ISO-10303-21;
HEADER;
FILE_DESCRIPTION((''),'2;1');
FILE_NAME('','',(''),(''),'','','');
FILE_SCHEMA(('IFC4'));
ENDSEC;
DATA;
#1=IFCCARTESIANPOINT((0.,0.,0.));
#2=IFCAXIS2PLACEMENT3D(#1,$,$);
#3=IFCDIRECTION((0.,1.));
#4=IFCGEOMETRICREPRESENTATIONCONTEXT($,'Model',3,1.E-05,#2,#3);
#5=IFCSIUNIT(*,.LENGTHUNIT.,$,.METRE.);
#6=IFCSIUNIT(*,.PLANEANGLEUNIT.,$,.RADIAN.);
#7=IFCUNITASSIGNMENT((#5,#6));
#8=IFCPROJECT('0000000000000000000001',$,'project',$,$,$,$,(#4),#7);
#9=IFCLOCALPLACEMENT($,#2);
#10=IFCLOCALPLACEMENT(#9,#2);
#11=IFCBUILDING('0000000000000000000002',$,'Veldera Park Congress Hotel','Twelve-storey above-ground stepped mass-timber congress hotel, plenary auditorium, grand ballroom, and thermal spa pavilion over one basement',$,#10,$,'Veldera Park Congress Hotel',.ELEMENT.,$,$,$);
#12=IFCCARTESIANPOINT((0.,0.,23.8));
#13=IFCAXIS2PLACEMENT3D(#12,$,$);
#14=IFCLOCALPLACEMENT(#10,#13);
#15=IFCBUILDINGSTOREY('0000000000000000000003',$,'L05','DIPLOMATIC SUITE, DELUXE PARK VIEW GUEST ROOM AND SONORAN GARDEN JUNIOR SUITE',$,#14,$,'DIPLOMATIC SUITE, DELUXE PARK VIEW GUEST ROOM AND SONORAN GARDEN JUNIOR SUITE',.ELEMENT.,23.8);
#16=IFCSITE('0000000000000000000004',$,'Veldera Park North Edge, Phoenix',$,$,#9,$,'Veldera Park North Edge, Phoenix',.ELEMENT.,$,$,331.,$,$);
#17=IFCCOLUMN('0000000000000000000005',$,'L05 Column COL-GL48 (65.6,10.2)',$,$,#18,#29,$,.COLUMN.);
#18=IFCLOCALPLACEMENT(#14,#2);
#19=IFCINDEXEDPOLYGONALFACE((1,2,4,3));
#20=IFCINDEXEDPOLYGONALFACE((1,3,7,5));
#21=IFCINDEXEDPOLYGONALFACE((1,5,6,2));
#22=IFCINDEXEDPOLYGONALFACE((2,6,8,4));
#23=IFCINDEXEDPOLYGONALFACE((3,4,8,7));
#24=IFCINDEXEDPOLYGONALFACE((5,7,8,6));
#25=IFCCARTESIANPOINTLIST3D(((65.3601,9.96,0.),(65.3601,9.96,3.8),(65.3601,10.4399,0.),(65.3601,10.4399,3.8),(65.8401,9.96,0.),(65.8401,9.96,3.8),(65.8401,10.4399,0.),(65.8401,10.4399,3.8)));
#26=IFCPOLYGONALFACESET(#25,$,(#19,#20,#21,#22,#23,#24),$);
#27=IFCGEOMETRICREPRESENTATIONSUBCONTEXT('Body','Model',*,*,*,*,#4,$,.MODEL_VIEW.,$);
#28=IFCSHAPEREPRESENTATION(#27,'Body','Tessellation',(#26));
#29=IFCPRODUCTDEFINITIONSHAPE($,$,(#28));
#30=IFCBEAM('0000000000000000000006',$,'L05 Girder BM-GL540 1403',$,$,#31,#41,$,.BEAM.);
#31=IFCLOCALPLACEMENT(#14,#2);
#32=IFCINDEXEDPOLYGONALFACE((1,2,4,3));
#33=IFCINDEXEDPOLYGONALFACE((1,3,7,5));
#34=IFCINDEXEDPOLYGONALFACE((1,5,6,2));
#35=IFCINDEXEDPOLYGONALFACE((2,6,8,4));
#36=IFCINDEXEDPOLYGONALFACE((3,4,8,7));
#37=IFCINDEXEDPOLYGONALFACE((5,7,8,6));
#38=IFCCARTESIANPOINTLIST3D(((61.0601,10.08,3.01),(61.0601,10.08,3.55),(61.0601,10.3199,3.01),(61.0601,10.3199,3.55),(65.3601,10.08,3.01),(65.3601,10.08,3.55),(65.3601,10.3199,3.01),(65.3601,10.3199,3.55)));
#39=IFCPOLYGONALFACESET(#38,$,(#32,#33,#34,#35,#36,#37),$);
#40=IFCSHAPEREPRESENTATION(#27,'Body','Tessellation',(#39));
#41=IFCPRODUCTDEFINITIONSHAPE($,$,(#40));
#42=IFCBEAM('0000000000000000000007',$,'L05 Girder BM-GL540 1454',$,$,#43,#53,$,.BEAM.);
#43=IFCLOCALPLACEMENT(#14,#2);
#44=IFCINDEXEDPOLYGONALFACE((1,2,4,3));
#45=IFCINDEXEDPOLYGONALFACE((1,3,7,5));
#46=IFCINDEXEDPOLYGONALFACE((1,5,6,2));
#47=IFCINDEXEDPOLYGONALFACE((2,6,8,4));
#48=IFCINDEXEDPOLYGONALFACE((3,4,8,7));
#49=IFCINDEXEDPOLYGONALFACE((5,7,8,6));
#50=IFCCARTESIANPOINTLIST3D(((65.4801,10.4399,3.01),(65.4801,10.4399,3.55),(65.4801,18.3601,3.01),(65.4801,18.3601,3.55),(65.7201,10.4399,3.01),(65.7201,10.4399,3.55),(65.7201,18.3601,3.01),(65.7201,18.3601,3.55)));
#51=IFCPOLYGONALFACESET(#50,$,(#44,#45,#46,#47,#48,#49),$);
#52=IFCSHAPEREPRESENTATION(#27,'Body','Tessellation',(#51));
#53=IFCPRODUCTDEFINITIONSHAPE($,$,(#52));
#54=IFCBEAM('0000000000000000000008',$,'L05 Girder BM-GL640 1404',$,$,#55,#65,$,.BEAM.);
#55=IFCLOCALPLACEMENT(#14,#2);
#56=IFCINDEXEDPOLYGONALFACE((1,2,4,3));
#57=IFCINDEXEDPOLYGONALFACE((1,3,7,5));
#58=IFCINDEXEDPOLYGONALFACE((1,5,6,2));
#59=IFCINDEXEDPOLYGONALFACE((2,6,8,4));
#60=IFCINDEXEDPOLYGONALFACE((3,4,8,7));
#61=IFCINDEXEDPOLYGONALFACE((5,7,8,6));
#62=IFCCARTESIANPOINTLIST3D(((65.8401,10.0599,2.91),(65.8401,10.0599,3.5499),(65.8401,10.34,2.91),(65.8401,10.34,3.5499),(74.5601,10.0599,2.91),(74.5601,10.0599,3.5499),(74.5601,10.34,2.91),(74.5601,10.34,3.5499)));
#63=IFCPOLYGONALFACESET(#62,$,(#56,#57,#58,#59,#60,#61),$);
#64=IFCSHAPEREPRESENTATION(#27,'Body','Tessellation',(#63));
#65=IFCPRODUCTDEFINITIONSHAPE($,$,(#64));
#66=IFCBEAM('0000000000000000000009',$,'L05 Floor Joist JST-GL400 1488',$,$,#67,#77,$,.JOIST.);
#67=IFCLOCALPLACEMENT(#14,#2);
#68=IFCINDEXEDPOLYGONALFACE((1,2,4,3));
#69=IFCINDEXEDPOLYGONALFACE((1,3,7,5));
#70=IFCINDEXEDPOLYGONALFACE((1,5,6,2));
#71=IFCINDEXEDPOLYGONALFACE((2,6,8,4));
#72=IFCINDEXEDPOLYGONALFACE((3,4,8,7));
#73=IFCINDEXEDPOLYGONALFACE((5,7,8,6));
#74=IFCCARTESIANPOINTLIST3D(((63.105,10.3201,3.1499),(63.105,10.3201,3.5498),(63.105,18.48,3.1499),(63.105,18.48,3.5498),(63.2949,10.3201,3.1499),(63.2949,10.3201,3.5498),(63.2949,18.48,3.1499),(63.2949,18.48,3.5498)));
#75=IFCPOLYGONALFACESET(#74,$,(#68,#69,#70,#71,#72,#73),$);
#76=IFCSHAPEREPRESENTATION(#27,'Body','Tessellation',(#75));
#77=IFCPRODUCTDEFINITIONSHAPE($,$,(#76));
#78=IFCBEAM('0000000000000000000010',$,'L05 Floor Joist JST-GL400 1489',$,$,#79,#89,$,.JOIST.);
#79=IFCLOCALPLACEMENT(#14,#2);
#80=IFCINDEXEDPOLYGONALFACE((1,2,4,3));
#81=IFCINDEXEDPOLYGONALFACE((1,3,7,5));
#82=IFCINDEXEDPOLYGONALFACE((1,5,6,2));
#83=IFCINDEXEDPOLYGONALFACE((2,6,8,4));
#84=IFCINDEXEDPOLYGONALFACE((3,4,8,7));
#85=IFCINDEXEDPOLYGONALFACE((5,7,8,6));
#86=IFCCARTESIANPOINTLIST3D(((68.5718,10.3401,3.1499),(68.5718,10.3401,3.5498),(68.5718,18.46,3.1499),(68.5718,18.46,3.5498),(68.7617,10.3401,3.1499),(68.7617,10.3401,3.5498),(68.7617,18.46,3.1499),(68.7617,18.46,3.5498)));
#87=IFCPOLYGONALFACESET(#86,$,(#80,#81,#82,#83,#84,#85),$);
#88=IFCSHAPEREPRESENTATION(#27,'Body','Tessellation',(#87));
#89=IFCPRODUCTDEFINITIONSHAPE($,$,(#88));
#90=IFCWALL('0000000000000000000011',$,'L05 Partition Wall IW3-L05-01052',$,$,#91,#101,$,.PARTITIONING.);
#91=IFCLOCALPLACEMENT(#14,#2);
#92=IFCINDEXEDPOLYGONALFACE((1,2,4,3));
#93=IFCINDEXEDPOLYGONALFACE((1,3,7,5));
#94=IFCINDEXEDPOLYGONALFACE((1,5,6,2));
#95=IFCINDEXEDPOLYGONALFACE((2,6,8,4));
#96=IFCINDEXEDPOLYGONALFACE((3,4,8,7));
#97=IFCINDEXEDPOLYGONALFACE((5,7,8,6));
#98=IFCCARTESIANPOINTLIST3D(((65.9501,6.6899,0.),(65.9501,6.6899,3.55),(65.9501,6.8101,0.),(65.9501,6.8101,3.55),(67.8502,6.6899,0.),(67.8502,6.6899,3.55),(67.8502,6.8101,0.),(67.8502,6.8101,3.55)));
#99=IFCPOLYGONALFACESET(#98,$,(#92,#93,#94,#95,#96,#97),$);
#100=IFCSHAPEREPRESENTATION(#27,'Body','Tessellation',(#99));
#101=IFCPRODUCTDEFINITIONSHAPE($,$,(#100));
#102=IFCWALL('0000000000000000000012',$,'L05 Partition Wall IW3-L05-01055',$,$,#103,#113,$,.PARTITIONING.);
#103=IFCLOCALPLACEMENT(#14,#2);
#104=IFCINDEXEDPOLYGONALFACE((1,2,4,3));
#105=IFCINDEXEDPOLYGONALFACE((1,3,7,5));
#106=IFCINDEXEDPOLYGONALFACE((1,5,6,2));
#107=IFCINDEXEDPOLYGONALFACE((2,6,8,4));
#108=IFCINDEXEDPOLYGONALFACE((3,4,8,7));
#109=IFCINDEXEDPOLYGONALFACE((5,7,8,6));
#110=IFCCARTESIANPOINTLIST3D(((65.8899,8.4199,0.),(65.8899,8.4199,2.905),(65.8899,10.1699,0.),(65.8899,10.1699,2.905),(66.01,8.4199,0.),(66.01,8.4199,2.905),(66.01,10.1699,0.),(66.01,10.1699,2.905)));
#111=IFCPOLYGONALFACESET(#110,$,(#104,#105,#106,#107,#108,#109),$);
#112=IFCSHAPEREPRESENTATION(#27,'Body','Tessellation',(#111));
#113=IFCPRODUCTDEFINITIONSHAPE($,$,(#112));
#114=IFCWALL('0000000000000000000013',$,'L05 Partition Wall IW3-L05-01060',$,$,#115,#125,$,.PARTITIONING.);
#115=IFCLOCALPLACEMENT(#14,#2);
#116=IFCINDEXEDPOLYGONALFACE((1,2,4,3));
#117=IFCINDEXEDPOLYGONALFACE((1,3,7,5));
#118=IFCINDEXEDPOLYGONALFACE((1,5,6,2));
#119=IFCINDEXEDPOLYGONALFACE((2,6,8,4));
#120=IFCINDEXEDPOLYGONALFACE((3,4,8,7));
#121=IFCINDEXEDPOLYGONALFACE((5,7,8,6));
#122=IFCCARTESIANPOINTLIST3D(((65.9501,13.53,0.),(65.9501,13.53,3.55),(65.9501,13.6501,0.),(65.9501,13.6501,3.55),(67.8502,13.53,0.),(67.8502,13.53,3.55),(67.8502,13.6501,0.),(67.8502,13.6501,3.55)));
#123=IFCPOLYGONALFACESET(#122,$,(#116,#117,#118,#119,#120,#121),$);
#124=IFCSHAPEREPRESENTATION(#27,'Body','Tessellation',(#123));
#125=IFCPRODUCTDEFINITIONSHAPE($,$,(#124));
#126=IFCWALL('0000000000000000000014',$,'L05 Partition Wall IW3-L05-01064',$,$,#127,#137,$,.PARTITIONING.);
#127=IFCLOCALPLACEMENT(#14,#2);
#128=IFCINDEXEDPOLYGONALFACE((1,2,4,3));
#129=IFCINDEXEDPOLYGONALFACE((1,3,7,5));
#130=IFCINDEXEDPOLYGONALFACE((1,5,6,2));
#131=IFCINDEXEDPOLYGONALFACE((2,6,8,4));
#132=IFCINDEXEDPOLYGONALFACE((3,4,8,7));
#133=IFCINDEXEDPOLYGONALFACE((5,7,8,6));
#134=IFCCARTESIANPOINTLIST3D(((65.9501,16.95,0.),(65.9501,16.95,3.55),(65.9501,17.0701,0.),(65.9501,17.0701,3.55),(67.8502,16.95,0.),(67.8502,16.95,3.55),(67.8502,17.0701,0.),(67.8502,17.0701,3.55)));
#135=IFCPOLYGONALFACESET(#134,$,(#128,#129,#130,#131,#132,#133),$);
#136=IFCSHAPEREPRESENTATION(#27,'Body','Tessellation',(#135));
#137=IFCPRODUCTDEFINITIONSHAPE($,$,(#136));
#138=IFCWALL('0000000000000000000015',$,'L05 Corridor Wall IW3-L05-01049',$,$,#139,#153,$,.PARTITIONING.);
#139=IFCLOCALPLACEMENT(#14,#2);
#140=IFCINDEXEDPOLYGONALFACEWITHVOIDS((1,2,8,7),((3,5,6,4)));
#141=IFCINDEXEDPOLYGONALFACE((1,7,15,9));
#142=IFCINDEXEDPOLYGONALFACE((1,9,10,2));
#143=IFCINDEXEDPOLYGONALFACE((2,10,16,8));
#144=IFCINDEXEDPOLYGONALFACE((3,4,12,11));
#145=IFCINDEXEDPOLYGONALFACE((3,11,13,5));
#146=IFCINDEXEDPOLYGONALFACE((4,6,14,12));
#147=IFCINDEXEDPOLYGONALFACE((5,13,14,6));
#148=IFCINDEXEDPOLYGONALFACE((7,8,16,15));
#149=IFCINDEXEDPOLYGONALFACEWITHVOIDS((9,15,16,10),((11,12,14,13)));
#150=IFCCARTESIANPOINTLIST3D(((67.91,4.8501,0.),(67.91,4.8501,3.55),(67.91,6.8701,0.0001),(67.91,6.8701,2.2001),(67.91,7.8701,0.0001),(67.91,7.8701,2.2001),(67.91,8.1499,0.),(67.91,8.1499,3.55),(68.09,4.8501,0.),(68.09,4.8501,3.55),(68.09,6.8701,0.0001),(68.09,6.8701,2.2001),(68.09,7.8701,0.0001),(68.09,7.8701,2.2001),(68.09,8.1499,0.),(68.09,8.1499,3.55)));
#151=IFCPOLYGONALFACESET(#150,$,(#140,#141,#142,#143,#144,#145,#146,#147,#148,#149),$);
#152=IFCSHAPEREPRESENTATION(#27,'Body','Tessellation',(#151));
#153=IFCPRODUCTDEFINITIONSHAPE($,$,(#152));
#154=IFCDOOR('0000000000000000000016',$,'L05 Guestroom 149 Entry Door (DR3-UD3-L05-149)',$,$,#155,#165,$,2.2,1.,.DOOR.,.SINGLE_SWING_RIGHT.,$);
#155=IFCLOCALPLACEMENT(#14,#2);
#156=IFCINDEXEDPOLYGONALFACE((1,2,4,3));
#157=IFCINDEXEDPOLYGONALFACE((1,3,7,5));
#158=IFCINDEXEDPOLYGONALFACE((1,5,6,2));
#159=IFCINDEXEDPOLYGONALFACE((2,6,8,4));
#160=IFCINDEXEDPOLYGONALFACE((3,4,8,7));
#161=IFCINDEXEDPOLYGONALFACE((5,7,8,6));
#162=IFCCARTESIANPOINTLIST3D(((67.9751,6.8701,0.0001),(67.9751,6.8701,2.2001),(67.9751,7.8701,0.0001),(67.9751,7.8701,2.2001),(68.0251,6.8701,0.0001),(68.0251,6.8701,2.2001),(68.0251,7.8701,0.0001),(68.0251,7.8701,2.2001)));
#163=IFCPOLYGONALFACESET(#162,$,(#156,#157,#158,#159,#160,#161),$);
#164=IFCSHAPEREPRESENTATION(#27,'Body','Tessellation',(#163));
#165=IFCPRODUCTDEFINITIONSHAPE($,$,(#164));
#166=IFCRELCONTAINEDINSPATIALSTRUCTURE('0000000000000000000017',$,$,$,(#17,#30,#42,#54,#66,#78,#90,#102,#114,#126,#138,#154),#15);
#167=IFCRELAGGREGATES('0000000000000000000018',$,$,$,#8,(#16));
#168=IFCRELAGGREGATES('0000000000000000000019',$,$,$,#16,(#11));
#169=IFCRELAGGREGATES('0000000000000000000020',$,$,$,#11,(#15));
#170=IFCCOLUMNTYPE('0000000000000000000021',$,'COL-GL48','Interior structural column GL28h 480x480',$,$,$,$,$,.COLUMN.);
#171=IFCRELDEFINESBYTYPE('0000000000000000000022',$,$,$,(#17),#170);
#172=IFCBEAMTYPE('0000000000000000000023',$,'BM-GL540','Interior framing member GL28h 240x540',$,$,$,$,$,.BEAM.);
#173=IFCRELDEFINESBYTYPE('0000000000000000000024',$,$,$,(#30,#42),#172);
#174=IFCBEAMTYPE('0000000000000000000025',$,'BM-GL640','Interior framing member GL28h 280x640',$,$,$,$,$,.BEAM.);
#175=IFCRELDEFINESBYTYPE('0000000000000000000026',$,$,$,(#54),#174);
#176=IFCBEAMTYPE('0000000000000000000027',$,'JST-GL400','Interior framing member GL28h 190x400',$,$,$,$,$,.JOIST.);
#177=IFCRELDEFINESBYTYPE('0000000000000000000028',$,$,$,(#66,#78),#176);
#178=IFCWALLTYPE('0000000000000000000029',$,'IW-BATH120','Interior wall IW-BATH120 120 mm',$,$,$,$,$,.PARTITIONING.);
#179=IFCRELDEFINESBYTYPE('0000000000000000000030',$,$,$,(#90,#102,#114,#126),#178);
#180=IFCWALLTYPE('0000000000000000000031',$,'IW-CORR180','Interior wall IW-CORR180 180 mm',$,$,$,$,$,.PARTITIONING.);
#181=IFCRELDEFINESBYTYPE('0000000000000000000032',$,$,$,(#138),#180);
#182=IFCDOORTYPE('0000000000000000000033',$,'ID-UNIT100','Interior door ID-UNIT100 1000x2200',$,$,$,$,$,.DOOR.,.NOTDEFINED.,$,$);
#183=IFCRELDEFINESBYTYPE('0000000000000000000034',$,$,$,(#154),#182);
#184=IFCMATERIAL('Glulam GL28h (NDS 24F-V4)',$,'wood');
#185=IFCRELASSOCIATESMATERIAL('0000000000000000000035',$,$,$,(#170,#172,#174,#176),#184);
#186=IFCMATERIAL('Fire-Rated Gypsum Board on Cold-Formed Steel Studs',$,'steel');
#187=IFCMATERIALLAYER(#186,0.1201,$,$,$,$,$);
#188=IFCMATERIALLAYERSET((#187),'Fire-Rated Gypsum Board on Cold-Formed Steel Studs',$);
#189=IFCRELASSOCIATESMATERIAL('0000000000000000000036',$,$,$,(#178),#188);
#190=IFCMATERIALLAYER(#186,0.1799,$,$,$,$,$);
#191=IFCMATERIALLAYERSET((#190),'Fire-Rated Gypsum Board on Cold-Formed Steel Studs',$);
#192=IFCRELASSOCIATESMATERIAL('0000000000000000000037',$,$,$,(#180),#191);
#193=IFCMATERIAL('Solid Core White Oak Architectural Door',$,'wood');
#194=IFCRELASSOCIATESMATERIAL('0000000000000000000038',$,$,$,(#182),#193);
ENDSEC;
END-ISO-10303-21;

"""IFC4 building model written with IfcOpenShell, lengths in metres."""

from ifc_helpers import new_model, si_unit, direction, frame, frame_2d, origin, origin_2d, place, context, subcontext, project, spatial, rectangle, extrude, material, layer, layer_set, material_profile, profile_set, type_object, element, fill, save


model = new_model("IFC4")

# Units and contexts
model_context = context("Model", 3, precision=1e-05, world=origin(), true_north=direction((0.0, 1.0)))
body_context = subcontext(model_context, "Body", "Model", "MODEL_VIEW")
ifc_project = project(units=[si_unit("LENGTHUNIT", "METRE"), si_unit("PLANEANGLEUNIT", "RADIAN")], contexts=[model_context])

# Site, building, storey
site_placement = place(None, origin())
site = spatial("IfcSite", under=ifc_project, at=site_placement, Name="Veldera Park North Edge, Phoenix", LongName="Veldera Park North Edge, Phoenix", CompositionType="ELEMENT", RefElevation=331.0)
building_placement = place(site_placement, origin())
building = spatial("IfcBuilding", under=site, at=building_placement, Name="Veldera Park Congress Hotel", Description="Twelve-storey above-ground stepped mass-timber congress hotel, plenary auditorium, grand ballroom, and thermal spa pavilion over one basement", LongName="Veldera Park Congress Hotel", CompositionType="ELEMENT")
storey_placement = place(building_placement, frame((0.0, 0.0, 23.8)))
storey = spatial("IfcBuildingStorey", under=building, at=storey_placement, Name="L05", Description="DIPLOMATIC SUITE, DELUXE PARK VIEW GUEST ROOM AND SONORAN GARDEN JUNIOR SUITE", LongName="DIPLOMATIC SUITE, DELUXE PARK VIEW GUEST ROOM AND SONORAN GARDEN JUNIOR SUITE", CompositionType="ELEMENT", Elevation=23.8)

# Column
ifc_material_1 = material(Name="Glulam GL28h (NDS 24F-V4)", Category="wood")
ifc_material_profile_1 = material_profile(ifc_material_1, rectangle(XDim=0.48, YDim=0.48, at=origin_2d()), Name="GL28h 480x480")
ifc_profile_set_1 = profile_set([ifc_material_profile_1], Name="Glulam GL28h (NDS 24F-V4)")
column_type = type_object("IfcColumnType", Name="COL-GL48", Description="Interior structural column GL28h 480x480", PredefinedType="COLUMN", material=ifc_profile_set_1)
column_placement = place(storey_placement, frame((65.6001, 10.2, 0.0), z_axis=(0.0, 0.0, 1.0), x_axis=(1.0, 0.0, 0.0)))
element("IfcColumn", 1, at=column_placement, inside=storey, type_object=column_type, Name="L05 Column COL-GL48 (65.6,10.2)", PredefinedType="COLUMN", context=body_context, shape_type="SweptSolid", body=[
    extrude(rectangle(XDim=0.48, YDim=0.48, at=origin_2d()), origin(), (0.0, 0.0, 1.0), 3.8),
])

# Beams
ifc_material_profile_2 = material_profile(ifc_material_1, rectangle(XDim=0.24, YDim=0.54, at=origin_2d()), Name="GL28h 240x540")
ifc_profile_set_2 = profile_set([ifc_material_profile_2], Name="Glulam GL28h (NDS 24F-V4)")
beam_type_1 = type_object("IfcBeamType", Name="BM-GL540", Description="Interior framing member GL28h 240x540", PredefinedType="BEAM", material=ifc_profile_set_2)
beam_1_placement = place(storey_placement, frame((61.0601, 10.2, 3.28), z_axis=(1.0, 0.0, 0.0), x_axis=(0.0, 1.0, 0.0)))
element("IfcBeam", 2, at=beam_1_placement, inside=storey, type_object=beam_type_1, Name="L05 Girder BM-GL540 1403", PredefinedType="BEAM", context=body_context, shape_type="SweptSolid", body=[
    extrude(rectangle(XDim=0.24, YDim=0.54, at=origin_2d()), origin(), (0.0, 0.0, 1.0), 4.3),
])
beam_2_placement = place(storey_placement, frame((65.6001, 10.4399, 3.28), z_axis=(0.0, 1.0, 0.0), x_axis=(-1.0, 0.0, 0.0)))
element("IfcBeam", 3, at=beam_2_placement, inside=storey, type_object=beam_type_1, Name="L05 Girder BM-GL540 1454", PredefinedType="BEAM", context=body_context, shape_type="SweptSolid", body=[
    extrude(rectangle(XDim=0.24, YDim=0.54, at=origin_2d()), origin(), (0.0, 0.0, 1.0), 7.9202),
])
ifc_material_profile_3 = material_profile(ifc_material_1, rectangle(XDim=0.28, YDim=0.6399, at=origin_2d()), Name="GL28h 280x640")
ifc_profile_set_3 = profile_set([ifc_material_profile_3], Name="Glulam GL28h (NDS 24F-V4)")
beam_type_2 = type_object("IfcBeamType", Name="BM-GL640", Description="Interior framing member GL28h 280x640", PredefinedType="BEAM", material=ifc_profile_set_3)
beam_3_placement = place(storey_placement, frame((65.8401, 10.2, 3.23), z_axis=(1.0, 0.0, 0.0), x_axis=(0.0, 1.0, 0.0)))
element("IfcBeam", 4, at=beam_3_placement, inside=storey, type_object=beam_type_2, Name="L05 Girder BM-GL640 1404", PredefinedType="BEAM", context=body_context, shape_type="SweptSolid", body=[
    extrude(rectangle(XDim=0.28, YDim=0.6399, at=origin_2d()), origin(), (0.0, 0.0, 1.0), 8.72),
])
ifc_material_profile_4 = material_profile(ifc_material_1, rectangle(XDim=0.1899, YDim=0.3999, at=origin_2d()), Name="GL28h 190x400")
ifc_profile_set_4 = profile_set([ifc_material_profile_4], Name="Glulam GL28h (NDS 24F-V4)")
beam_type_3 = type_object("IfcBeamType", Name="JST-GL400", Description="Interior framing member GL28h 190x400", PredefinedType="JOIST", material=ifc_profile_set_4)
beam_4_placement = place(storey_placement, frame((63.2, 10.3201, 3.3499), z_axis=(0.0, 1.0, 0.0), x_axis=(-1.0, 0.0, 0.0)))
element("IfcBeam", 5, at=beam_4_placement, inside=storey, type_object=beam_type_3, Name="L05 Floor Joist JST-GL400 1488", PredefinedType="JOIST", context=body_context, shape_type="SweptSolid", body=[
    extrude(rectangle(XDim=0.1899, YDim=0.3999, at=origin_2d()), origin(), (0.0, 0.0, 1.0), 8.1599),
])
beam_5_placement = place(storey_placement, frame((68.6667, 10.3401, 3.3499), z_axis=(0.0, 1.0, 0.0), x_axis=(-1.0, 0.0, 0.0)))
element("IfcBeam", 6, at=beam_5_placement, inside=storey, type_object=beam_type_3, Name="L05 Floor Joist JST-GL400 1489", PredefinedType="JOIST", context=body_context, shape_type="SweptSolid", body=[
    extrude(rectangle(XDim=0.1899, YDim=0.3999, at=origin_2d()), origin(), (0.0, 0.0, 1.0), 8.1199),
])

# Shared definitions
ifc_material_2 = material(Name="Fire-Rated Gypsum Board on Cold-Formed Steel Studs", Category="steel")
ifc_layer_1 = layer(ifc_material_2, 0.1201)
ifc_layer_set_1 = layer_set([ifc_layer_1], Name="Fire-Rated Gypsum Board on Cold-Formed Steel Studs")
wall_type_1 = type_object("IfcWallType", Name="IW-BATH120", Description="Interior wall IW-BATH120 120 mm", PredefinedType="PARTITIONING", material=ifc_layer_set_1)
ifc_material_3 = material(Name="Solid Core White Oak Architectural Door", Category="wood")

# Walls
wall_1_placement = place(storey_placement, frame((65.95, 6.75, 0.0), z_axis=(0.0, 0.0, 1.0), x_axis=(1.0, 0.0, 0.0)))
element("IfcWall", 7, at=wall_1_placement, inside=storey, type_object=wall_type_1, Name="L05 Partition Wall IW3-L05-01052", PredefinedType="PARTITIONING", context=body_context, shape_type="SweptSolid", body=[
    extrude(rectangle(XDim=1.9001, YDim=0.1201, at=frame_2d((0.9502, 0.0))), origin(), (0.0, 0.0, 1.0), 3.55),
])
wall_2_placement = place(storey_placement, frame((65.95, 8.4199, 0.0), z_axis=(0.0, 0.0, 1.0), x_axis=(0.0, 1.0, 0.0)))
element("IfcWall", 8, at=wall_2_placement, inside=storey, type_object=wall_type_1, Name="L05 Partition Wall IW3-L05-01055", PredefinedType="PARTITIONING", context=body_context, shape_type="SweptSolid", body=[
    extrude(rectangle(XDim=1.75, YDim=0.1201, at=frame_2d((0.875, 0.0))), origin(), (0.0, 0.0, 1.0), 2.905),
])

# Wall
wall_3_placement = place(storey_placement, frame((65.95, 13.5901, 0.0), z_axis=(0.0, 0.0, 1.0), x_axis=(1.0, 0.0, 0.0)))
element("IfcWall", 9, at=wall_3_placement, inside=storey, type_object=wall_type_1, Name="L05 Partition Wall IW3-L05-01060", PredefinedType="PARTITIONING", context=body_context, shape_type="SweptSolid", body=[
    extrude(rectangle(XDim=1.9001, YDim=0.1201, at=frame_2d((0.9502, 0.0))), origin(), (0.0, 0.0, 1.0), 3.55),
])

# Wall
wall_4_placement = place(storey_placement, frame((65.95, 17.01, 0.0), z_axis=(0.0, 0.0, 1.0), x_axis=(1.0, 0.0, 0.0)))
element("IfcWall", 10, at=wall_4_placement, inside=storey, type_object=wall_type_1, Name="L05 Partition Wall IW3-L05-01064", PredefinedType="PARTITIONING", context=body_context, shape_type="SweptSolid", body=[
    extrude(rectangle(XDim=1.9001, YDim=0.1201, at=frame_2d((0.9502, 0.0))), origin(), (0.0, 0.0, 1.0), 3.55),
])

# Wall, opening, door
ifc_layer_2 = layer(ifc_material_2, 0.1799)
ifc_layer_set_2 = layer_set([ifc_layer_2], Name="Fire-Rated Gypsum Board on Cold-Formed Steel Studs")
wall_type_2 = type_object("IfcWallType", Name="IW-CORR180", Description="Interior wall IW-CORR180 180 mm", PredefinedType="PARTITIONING", material=ifc_layer_set_2)
wall_5_placement = place(storey_placement, frame((68.0, 4.8501, 0.0), z_axis=(0.0, 0.0, 1.0), x_axis=(0.0, 1.0, 0.0)))
wall_5 = element("IfcWall", 11, at=wall_5_placement, inside=storey, type_object=wall_type_2, Name="L05 Corridor Wall IW3-L05-01049", PredefinedType="PARTITIONING", context=body_context, shape_type="SweptSolid", body=[
    extrude(rectangle(XDim=3.2998, YDim=0.1799, at=frame_2d((1.6499, 0.0))), origin(), (0.0, 0.0, 1.0), 3.55),
])
opening_1_placement = place(wall_5_placement, frame((2.02, 0.0, 0.0)))
opening_1 = element("IfcOpeningElement", 12, at=opening_1_placement, cuts=wall_5, PredefinedType="OPENING", context=body_context, shape_type="SweptSolid", body=[
    extrude(rectangle(XDim=1.0, YDim=2.2, at=frame_2d((0.5, 1.1001))), frame((0.0, 0.1021, 0.0), z_axis=(0.0, -1.0, 0.0), x_axis=(1.0, 0.0, 0.0)), (0.0, 0.0, 1.0), 0.2039),
])
door_type_1 = type_object("IfcDoorType", Name="ID-UNIT100", Description="Interior door ID-UNIT100 1000x2200", OperationType="NOTDEFINED", PredefinedType="DOOR", material=ifc_material_3)
door_1_placement = place(opening_1_placement, origin())
door_1 = element("IfcDoor", 13, at=door_1_placement, inside=storey, type_object=door_type_1, Name="L05 Guestroom 149 Entry Door (DR3-UD3-L05-149)", OperationType="SINGLE_SWING_RIGHT", OverallHeight=2.2, OverallWidth=1.0, PredefinedType="DOOR", context=body_context, shape_type="SweptSolid", body=[
    extrude(rectangle(XDim=1.0, YDim=2.2, at=frame_2d((0.5, 1.1001))), frame((0.0, 0.0249, 0.0), z_axis=(0.0, -1.0, 0.0), x_axis=(1.0, 0.0, 0.0)), (0.0, 0.0, 1.0), 0.05),
])
fill(opening_1, door_1)

save(model, "model.ifc")
